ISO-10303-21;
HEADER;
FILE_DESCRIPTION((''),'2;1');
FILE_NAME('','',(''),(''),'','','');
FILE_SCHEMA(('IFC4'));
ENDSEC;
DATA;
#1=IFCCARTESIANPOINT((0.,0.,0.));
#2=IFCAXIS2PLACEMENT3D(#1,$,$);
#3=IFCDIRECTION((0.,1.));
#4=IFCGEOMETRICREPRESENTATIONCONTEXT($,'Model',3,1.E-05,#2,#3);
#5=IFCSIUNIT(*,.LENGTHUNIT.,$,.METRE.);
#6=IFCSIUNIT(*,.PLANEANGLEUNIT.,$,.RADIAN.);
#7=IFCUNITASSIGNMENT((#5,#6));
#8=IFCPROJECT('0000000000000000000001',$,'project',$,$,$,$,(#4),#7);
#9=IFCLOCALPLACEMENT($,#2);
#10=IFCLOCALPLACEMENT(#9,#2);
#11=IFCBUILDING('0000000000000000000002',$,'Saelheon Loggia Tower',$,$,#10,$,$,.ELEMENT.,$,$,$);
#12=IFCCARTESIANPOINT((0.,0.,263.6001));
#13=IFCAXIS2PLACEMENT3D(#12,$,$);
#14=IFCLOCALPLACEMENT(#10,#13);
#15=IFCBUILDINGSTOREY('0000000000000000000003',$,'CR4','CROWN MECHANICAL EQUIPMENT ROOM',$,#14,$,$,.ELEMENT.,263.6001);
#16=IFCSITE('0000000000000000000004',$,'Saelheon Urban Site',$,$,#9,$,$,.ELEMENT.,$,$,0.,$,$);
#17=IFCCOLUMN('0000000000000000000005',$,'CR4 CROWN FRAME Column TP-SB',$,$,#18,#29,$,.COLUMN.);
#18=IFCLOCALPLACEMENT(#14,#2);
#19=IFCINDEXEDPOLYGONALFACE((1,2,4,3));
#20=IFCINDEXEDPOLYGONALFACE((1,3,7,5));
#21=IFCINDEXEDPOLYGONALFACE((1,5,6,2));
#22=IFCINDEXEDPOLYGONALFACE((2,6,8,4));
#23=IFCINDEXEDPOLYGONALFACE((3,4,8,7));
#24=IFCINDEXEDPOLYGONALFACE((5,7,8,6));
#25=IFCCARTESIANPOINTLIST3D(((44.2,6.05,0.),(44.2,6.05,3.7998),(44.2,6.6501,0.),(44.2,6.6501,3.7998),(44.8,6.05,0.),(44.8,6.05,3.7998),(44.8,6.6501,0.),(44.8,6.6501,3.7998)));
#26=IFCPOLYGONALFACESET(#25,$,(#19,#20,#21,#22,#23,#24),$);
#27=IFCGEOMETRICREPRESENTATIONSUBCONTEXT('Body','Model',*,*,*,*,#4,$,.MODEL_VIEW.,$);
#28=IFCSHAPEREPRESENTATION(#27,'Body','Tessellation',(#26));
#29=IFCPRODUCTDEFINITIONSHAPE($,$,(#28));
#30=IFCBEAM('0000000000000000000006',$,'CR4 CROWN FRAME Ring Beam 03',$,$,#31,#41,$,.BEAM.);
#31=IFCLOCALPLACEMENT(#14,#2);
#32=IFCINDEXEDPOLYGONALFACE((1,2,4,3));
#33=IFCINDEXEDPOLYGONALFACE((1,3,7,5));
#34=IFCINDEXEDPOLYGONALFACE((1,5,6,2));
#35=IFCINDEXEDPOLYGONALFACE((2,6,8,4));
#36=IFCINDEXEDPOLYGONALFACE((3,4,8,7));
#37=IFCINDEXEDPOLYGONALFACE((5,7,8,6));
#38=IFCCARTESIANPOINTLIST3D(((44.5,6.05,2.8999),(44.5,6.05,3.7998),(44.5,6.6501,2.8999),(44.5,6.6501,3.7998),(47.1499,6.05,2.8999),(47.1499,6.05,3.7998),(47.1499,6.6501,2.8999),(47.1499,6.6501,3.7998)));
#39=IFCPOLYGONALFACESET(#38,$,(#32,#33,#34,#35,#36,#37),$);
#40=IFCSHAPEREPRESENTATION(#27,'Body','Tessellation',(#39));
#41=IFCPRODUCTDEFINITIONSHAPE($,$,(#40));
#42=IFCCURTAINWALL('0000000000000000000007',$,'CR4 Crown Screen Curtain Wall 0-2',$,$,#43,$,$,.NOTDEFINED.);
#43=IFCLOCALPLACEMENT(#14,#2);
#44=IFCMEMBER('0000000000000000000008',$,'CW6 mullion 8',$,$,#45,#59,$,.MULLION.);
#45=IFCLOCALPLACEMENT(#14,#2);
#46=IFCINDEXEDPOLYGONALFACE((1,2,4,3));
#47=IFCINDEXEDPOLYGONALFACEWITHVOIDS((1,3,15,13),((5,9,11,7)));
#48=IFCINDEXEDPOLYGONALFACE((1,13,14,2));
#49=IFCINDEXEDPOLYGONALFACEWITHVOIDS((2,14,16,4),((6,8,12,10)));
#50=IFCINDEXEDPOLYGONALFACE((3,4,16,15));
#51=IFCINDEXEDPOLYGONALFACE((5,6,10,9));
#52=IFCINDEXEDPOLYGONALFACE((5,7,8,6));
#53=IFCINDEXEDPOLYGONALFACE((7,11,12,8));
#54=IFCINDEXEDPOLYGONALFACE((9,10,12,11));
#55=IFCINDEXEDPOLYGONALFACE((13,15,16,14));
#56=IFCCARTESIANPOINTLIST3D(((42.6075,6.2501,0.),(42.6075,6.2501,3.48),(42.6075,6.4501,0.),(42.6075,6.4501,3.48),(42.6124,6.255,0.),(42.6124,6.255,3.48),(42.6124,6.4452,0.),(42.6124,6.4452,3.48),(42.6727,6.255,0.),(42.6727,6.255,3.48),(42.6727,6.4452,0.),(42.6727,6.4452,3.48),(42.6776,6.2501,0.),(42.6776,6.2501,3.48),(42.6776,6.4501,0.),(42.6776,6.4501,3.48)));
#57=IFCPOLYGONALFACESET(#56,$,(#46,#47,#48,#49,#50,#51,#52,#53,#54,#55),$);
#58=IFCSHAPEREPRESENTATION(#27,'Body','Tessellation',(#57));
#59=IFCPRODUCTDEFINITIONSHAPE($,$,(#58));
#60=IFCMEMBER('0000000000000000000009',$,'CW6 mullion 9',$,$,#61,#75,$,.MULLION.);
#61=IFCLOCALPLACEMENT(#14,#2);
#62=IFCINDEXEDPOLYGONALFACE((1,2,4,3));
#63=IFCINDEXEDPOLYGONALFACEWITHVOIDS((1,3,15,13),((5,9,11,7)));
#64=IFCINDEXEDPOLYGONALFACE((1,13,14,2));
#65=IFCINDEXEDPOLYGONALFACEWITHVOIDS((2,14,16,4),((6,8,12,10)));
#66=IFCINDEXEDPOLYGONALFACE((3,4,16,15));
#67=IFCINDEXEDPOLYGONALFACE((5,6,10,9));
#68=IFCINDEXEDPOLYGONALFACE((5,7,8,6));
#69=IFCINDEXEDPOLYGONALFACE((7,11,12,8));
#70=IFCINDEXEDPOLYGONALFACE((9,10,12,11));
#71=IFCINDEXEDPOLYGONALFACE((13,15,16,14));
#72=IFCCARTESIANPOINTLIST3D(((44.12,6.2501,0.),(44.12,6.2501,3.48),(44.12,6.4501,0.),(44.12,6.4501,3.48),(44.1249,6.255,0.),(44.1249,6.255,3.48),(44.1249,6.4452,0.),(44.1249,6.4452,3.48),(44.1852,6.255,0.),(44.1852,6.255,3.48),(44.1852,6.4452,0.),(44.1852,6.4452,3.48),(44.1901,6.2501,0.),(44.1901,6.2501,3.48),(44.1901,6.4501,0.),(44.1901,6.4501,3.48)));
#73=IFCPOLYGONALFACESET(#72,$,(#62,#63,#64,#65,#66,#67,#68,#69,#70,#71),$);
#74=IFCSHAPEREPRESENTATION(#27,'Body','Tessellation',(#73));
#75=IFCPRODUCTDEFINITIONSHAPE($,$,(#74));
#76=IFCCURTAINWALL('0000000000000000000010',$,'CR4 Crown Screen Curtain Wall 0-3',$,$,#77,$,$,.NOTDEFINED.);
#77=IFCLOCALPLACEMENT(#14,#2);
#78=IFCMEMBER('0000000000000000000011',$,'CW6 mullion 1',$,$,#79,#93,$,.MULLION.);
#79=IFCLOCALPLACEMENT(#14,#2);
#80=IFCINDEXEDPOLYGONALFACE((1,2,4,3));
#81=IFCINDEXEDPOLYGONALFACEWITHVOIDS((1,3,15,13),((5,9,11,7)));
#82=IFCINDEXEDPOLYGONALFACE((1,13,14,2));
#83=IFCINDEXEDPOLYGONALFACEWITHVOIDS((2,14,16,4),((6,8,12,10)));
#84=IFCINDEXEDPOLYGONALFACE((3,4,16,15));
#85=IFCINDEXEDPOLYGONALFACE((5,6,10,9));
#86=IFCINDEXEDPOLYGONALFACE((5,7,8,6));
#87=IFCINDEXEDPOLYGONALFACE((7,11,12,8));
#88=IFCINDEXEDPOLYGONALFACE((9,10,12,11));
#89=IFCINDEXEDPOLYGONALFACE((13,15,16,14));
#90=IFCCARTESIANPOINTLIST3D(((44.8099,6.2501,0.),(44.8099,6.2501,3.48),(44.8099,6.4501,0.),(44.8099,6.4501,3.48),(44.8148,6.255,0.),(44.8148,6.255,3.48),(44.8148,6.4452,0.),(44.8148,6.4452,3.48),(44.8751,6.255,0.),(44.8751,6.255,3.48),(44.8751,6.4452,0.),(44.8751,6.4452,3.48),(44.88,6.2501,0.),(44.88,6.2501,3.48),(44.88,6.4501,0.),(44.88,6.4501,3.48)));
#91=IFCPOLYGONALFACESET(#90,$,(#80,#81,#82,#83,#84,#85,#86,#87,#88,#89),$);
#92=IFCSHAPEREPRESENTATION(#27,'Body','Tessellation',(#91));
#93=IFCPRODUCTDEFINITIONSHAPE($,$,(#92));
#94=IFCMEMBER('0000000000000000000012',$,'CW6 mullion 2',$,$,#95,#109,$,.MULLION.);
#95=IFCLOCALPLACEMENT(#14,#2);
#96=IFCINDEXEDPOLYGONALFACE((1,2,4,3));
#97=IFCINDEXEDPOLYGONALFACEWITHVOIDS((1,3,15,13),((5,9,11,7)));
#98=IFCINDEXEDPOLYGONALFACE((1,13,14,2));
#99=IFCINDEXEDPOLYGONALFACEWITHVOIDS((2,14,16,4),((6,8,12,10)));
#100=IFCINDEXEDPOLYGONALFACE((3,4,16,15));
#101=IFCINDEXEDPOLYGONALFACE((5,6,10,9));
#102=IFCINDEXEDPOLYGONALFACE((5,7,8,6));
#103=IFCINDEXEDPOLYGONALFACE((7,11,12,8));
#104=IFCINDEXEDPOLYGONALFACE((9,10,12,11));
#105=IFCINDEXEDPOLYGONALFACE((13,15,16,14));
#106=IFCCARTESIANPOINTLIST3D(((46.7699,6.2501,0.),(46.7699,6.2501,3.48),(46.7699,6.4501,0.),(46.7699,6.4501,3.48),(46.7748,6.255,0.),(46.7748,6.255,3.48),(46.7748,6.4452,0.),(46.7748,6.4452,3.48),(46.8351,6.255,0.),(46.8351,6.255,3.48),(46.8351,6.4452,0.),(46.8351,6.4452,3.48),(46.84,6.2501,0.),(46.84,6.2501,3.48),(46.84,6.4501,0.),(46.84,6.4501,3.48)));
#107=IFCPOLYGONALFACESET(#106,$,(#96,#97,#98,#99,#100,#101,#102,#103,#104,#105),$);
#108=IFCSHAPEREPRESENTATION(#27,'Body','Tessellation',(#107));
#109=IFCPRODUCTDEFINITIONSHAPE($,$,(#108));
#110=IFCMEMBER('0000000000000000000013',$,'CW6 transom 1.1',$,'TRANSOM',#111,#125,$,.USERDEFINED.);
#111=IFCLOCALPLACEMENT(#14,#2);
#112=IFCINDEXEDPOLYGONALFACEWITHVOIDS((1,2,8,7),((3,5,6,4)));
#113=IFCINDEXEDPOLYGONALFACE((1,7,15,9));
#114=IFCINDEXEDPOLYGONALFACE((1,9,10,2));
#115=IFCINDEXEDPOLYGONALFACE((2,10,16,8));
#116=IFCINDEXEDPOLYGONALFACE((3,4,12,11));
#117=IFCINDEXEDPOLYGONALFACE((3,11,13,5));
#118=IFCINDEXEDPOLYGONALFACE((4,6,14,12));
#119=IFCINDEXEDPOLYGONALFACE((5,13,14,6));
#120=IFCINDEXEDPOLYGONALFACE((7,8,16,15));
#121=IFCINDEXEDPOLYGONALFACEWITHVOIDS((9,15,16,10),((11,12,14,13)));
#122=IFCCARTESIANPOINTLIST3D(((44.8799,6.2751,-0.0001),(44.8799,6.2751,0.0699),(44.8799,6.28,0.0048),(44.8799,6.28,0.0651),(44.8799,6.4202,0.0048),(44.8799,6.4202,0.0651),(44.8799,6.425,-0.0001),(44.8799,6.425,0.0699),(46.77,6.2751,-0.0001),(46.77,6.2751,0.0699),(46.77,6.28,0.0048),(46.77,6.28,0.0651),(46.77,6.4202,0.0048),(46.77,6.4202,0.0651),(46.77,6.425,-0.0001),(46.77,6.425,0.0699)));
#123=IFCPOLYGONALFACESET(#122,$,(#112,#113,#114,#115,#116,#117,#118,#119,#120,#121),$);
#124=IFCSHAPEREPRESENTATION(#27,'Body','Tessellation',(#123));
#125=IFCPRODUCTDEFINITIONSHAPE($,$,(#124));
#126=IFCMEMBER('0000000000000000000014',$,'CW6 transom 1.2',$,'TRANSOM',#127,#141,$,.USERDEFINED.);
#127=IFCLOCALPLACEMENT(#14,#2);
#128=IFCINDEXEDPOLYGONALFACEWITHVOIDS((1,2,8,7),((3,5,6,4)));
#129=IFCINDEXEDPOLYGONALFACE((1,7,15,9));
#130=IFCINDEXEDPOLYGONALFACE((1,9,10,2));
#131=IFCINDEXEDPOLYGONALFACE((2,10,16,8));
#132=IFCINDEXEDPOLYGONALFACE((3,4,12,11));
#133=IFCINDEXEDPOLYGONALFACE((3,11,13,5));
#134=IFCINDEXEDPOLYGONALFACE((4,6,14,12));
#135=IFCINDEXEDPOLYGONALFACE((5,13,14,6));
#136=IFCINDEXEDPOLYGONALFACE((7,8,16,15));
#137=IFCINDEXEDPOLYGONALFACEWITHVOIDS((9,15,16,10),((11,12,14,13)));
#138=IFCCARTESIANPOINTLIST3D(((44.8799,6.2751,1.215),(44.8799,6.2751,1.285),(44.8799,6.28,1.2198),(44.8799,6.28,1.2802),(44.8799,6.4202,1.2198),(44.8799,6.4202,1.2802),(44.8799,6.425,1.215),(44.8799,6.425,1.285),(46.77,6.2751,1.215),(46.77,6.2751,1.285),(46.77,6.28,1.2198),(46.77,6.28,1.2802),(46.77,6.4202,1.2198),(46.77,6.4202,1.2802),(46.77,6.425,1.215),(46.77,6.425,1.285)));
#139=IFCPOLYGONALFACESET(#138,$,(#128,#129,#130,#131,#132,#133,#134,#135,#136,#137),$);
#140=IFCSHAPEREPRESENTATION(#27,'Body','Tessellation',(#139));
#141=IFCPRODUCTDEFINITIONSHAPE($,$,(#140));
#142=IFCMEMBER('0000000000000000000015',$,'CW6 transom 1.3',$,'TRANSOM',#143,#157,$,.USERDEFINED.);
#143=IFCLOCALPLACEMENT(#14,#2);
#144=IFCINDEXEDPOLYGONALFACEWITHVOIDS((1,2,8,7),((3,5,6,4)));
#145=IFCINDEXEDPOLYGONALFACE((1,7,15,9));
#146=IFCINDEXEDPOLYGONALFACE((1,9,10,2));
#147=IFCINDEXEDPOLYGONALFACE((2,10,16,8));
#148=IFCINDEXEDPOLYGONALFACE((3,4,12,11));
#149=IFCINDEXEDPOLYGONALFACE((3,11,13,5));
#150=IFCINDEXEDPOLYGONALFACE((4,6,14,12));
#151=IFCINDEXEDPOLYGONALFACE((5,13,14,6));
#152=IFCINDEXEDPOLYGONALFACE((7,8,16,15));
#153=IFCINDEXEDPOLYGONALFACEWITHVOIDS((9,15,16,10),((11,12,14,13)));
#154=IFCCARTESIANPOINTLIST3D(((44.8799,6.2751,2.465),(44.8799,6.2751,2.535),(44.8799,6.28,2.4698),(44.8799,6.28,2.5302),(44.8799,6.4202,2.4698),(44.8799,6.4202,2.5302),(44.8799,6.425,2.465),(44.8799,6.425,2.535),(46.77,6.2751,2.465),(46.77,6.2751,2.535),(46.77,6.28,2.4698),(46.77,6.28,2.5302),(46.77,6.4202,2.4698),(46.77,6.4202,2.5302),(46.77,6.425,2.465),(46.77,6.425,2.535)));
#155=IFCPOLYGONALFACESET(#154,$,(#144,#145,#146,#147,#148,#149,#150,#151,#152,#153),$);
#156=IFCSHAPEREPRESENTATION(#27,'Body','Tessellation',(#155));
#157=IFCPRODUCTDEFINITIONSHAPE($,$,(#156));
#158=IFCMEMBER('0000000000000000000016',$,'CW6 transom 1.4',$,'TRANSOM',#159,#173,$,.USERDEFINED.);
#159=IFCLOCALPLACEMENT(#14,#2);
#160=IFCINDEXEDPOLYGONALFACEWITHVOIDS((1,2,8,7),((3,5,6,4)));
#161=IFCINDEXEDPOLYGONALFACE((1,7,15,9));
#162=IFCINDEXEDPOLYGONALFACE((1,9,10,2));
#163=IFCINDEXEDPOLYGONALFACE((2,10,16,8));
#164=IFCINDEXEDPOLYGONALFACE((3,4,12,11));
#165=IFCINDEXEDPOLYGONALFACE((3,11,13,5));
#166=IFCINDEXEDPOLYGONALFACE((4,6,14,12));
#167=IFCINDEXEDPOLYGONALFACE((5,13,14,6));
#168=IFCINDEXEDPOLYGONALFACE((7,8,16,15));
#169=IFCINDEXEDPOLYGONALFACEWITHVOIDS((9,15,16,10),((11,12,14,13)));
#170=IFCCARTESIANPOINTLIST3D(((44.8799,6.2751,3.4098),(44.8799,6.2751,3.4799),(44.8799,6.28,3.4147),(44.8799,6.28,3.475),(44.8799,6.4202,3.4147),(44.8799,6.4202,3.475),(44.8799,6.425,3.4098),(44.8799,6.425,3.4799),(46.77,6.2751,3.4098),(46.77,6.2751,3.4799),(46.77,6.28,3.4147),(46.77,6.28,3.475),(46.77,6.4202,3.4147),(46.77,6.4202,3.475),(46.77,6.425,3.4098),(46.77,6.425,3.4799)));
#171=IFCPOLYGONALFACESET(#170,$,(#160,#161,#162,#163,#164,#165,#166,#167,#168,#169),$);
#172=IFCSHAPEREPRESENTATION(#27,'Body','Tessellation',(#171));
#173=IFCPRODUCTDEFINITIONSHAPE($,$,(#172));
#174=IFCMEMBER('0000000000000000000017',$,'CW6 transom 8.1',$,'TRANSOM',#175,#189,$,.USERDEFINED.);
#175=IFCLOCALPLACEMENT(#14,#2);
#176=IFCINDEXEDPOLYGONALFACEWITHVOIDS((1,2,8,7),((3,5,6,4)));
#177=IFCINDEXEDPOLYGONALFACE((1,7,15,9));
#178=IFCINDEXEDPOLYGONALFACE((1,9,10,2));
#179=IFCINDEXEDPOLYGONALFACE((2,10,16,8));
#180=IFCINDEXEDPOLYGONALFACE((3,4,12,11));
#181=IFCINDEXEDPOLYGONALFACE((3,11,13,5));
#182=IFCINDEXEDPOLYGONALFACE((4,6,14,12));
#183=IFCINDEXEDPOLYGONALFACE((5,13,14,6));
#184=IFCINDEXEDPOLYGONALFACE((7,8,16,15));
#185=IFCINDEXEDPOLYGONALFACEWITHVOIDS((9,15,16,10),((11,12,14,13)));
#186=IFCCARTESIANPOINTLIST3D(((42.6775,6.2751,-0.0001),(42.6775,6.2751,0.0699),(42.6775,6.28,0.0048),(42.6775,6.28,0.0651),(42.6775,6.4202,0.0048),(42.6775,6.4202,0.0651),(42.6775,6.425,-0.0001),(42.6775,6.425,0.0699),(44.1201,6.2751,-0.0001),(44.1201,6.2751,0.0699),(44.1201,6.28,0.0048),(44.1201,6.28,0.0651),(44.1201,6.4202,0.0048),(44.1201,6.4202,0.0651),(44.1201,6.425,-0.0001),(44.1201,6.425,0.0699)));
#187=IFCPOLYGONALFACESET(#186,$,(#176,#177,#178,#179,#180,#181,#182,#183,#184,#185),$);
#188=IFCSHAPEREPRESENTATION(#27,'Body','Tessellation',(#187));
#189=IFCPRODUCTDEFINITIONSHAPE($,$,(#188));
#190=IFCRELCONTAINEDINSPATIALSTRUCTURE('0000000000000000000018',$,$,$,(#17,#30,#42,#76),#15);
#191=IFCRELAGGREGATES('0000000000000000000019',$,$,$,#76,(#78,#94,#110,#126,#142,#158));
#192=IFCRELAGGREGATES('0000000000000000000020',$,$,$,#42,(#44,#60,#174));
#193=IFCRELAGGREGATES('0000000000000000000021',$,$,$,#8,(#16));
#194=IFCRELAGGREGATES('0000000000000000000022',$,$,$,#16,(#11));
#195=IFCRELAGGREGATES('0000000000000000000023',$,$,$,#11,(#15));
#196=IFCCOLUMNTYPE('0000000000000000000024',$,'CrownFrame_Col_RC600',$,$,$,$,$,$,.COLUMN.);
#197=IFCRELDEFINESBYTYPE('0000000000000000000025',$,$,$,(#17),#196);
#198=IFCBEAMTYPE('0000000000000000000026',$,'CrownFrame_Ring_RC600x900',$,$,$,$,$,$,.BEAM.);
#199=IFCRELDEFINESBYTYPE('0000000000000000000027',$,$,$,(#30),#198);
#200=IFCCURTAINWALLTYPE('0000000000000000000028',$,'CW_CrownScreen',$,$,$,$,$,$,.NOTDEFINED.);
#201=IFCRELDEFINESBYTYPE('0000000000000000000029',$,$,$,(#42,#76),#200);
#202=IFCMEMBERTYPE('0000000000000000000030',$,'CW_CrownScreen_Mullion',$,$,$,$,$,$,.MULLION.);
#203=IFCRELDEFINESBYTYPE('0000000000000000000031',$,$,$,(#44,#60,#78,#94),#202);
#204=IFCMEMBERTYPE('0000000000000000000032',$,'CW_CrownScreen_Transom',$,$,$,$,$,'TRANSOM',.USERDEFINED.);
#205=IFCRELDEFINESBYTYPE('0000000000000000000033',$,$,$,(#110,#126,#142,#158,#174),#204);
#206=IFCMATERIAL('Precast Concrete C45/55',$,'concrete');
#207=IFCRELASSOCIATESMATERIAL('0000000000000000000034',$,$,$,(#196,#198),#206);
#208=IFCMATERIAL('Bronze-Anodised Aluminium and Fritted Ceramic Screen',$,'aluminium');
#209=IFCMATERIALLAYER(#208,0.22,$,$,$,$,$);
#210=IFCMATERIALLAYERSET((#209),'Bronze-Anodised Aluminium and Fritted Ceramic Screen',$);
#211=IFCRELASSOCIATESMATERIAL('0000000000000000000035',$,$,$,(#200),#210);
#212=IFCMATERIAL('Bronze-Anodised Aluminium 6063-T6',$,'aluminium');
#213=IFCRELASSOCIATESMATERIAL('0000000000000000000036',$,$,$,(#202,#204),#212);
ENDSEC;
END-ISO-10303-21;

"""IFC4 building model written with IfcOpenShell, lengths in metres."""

from ifc_helpers import new_model, si_unit, direction, frame, origin, origin_2d, place, context, subcontext, project, spatial, rectangle, hollow_rectangle, extrude, source, transform, mapped, material, layer, layer_set, material_profile, profile_set, type_object, element, aggregate, save


model = new_model("IFC4")

# Units and contexts
model_context = context("Model", 3, precision=1e-05, world=origin(), true_north=direction((0.0, 1.0)))
body_context = subcontext(model_context, "Body", "Model", "MODEL_VIEW")
ifc_project = project(units=[si_unit("LENGTHUNIT", "METRE"), si_unit("PLANEANGLEUNIT", "RADIAN")], contexts=[model_context])

# Site, building, storey
site_placement = place(None, origin())
site = spatial("IfcSite", under=ifc_project, at=site_placement, Name="Saelheon Urban Site", CompositionType="ELEMENT", RefElevation=0.0)
building_placement = place(site_placement, origin())
building = spatial("IfcBuilding", under=site, at=building_placement, Name="Saelheon Loggia Tower", CompositionType="ELEMENT")
storey_placement = place(building_placement, frame((0.0, 0.0, 263.6001)))
storey = spatial("IfcBuildingStorey", under=building, at=storey_placement, Name="CR4", Description="CROWN MECHANICAL EQUIPMENT ROOM", CompositionType="ELEMENT", Elevation=263.6001)

# Column
ifc_material_1 = material(Name="Precast Concrete C45/55", Category="concrete")
ifc_material_profile_1 = material_profile(ifc_material_1, rectangle(XDim=0.6001, YDim=0.6001, at=origin_2d()), Name="RC-600x600")
ifc_profile_set_1 = profile_set([ifc_material_profile_1], Name="Precast Concrete C45/55")
column_type = type_object("IfcColumnType", Name="CrownFrame_Col_RC600", PredefinedType="COLUMN", material=ifc_profile_set_1)
shared_shape_1 = source(origin(), body_context, "Body", "SweptSolid", [
    extrude(rectangle(XDim=0.6001, YDim=0.6001, at=origin_2d()), origin(), (0.0, 0.0, 1.0), 3.7998),
])
column_placement = place(storey_placement, frame((44.5, 6.3501, 0.0), z_axis=(0.0, 0.0, 1.0), x_axis=(1.0, 0.0, 0.0)))
element("IfcColumn", 1, at=column_placement, inside=storey, type_object=column_type, Name="CR4 CROWN FRAME Column TP-SB", PredefinedType="COLUMN", context=body_context, shape_type="MappedRepresentation", body=[
    mapped(shared_shape_1, transform((0.0, 0.0, 0.0), scale=1.0)),
])

# Beam
ifc_material_profile_2 = material_profile(ifc_material_1, rectangle(XDim=0.6001, YDim=0.8999, at=origin_2d()), Name="RC-600x900")
ifc_profile_set_2 = profile_set([ifc_material_profile_2], Name="Precast Concrete C45/55")
beam_type = type_object("IfcBeamType", Name="CrownFrame_Ring_RC600x900", PredefinedType="BEAM", material=ifc_profile_set_2)
shared_shape_2 = source(origin(), body_context, "Body", "SweptSolid", [
    extrude(rectangle(XDim=0.6001, YDim=0.8999, at=origin_2d()), origin(), (0.0, 0.0, 1.0), 2.6499),
])
beam_placement = place(storey_placement, frame((44.5, 6.3501, 3.3499), z_axis=(1.0, 0.0, 0.0), x_axis=(0.0, 1.0, 0.0)))
element("IfcBeam", 2, at=beam_placement, inside=storey, type_object=beam_type, Name="CR4 CROWN FRAME Ring Beam 03", PredefinedType="BEAM", context=body_context, shape_type="MappedRepresentation", body=[
    mapped(shared_shape_2, transform((0.0, 0.0, 0.0), scale=1.0)),
])

# Curtain walls, members
ifc_material_2 = material(Name="Bronze-Anodised Aluminium and Fritted Ceramic Screen", Category="aluminium")
ifc_layer_1 = layer(ifc_material_2, 0.22)
ifc_layer_set_1 = layer_set([ifc_layer_1], Name="Bronze-Anodised Aluminium and Fritted Ceramic Screen")
curtain_wall_type = type_object("IfcCurtainWallType", Name="CW_CrownScreen", PredefinedType="NOTDEFINED", material=ifc_layer_set_1)
curtain_wall_1_placement = place(storey_placement, origin())
curtain_wall_1 = element("IfcCurtainWall", 3, at=curtain_wall_1_placement, inside=storey, type_object=curtain_wall_type, Name="CR4 Crown Screen Curtain Wall 0-2", PredefinedType="NOTDEFINED")
ifc_material_3 = material(Name="Bronze-Anodised Aluminium 6063-T6", Category="aluminium")
ifc_material_profile_3 = material_profile(ifc_material_3, hollow_rectangle(XDim=0.0701, YDim=0.2, WallThickness=0.0049, at=origin_2d()), Name="RHS-200x70x5")
ifc_profile_set_3 = profile_set([ifc_material_profile_3], Name="Bronze-Anodised Aluminium 6063-T6")
member_type_1 = type_object("IfcMemberType", Name="CW_CrownScreen_Mullion", PredefinedType="MULLION", material=ifc_profile_set_3)
shared_shape_3 = source(origin(), body_context, "Body", "SweptSolid", [
    extrude(hollow_rectangle(XDim=0.0701, YDim=0.2, WallThickness=0.0049, at=origin_2d()), origin(), (0.0, 0.0, 1.0), 3.48),
])
member_1_placement = place(storey_placement, frame((42.6426, 6.3501, 0.0), z_axis=(0.0, 0.0, 1.0), x_axis=(1.0, 0.0, 0.0)))
member_1 = element("IfcMember", 4, at=member_1_placement, type_object=member_type_1, Name="CW6 mullion 8", PredefinedType="MULLION", context=body_context, shape_type="MappedRepresentation", body=[
    mapped(shared_shape_3, transform((0.0, 0.0, 0.0), scale=1.0)),
])
member_2_placement = place(storey_placement, frame((44.155, 6.3501, 0.0), z_axis=(0.0, 0.0, 1.0), x_axis=(1.0, 0.0, 0.0)))
member_2 = element("IfcMember", 5, at=member_2_placement, type_object=member_type_1, Name="CW6 mullion 9", PredefinedType="MULLION", context=body_context, shape_type="MappedRepresentation", body=[
    mapped(shared_shape_3, transform((0.0, 0.0, 0.0), scale=1.0)),
])
curtain_wall_2_placement = place(storey_placement, origin())
curtain_wall_2 = element("IfcCurtainWall", 6, at=curtain_wall_2_placement, inside=storey, type_object=curtain_wall_type, Name="CR4 Crown Screen Curtain Wall 0-3", PredefinedType="NOTDEFINED")
member_3_placement = place(storey_placement, frame((44.845, 6.3501, 0.0), z_axis=(0.0, 0.0, 1.0), x_axis=(1.0, 0.0, 0.0)))
member_3 = element("IfcMember", 7, at=member_3_placement, type_object=member_type_1, Name="CW6 mullion 1", PredefinedType="MULLION", context=body_context, shape_type="MappedRepresentation", body=[
    mapped(shared_shape_3, transform((0.0, 0.0, 0.0), scale=1.0)),
])
member_4_placement = place(storey_placement, frame((46.8049, 6.3501, 0.0), z_axis=(0.0, 0.0, 1.0), x_axis=(1.0, 0.0, 0.0)))
member_4 = element("IfcMember", 8, at=member_4_placement, type_object=member_type_1, Name="CW6 mullion 2", PredefinedType="MULLION", context=body_context, shape_type="MappedRepresentation", body=[
    mapped(shared_shape_3, transform((0.0, 0.0, 0.0), scale=1.0)),
])
ifc_material_profile_4 = material_profile(ifc_material_3, hollow_rectangle(XDim=0.0701, YDim=0.1499, WallThickness=0.0049, at=origin_2d()), Name="RHS-150x70x5")
ifc_profile_set_4 = profile_set([ifc_material_profile_4], Name="Bronze-Anodised Aluminium 6063-T6")
member_type_2 = type_object("IfcMemberType", Name="CW_CrownScreen_Transom", ElementType="TRANSOM", PredefinedType="USERDEFINED", material=ifc_profile_set_4)
shared_shape_4 = source(origin(), body_context, "Body", "SweptSolid", [
    extrude(hollow_rectangle(XDim=0.0701, YDim=0.1499, WallThickness=0.0049, at=origin_2d()), origin(), (0.0, 0.0, 1.0), 1.8901),
])
member_5_placement = place(storey_placement, frame((44.8799, 6.3501, 0.0349), z_axis=(1.0, 0.0, 0.0), x_axis=(0.0, 0.0, 1.0)))
member_5 = element("IfcMember", 9, at=member_5_placement, type_object=member_type_2, Name="CW6 transom 1.1", ObjectType="TRANSOM", PredefinedType="USERDEFINED", context=body_context, shape_type="MappedRepresentation", body=[
    mapped(shared_shape_4, transform((0.0, 0.0, 0.0), scale=1.0)),
])
member_6_placement = place(storey_placement, frame((44.8799, 6.3501, 1.25), z_axis=(1.0, 0.0, 0.0), x_axis=(0.0, 0.0, 1.0)))
member_6 = element("IfcMember", 10, at=member_6_placement, type_object=member_type_2, Name="CW6 transom 1.2", ObjectType="TRANSOM", PredefinedType="USERDEFINED", context=body_context, shape_type="MappedRepresentation", body=[
    mapped(shared_shape_4, transform((0.0, 0.0, 0.0), scale=1.0)),
])
member_7_placement = place(storey_placement, frame((44.8799, 6.3501, 2.5), z_axis=(1.0, 0.0, 0.0), x_axis=(0.0, 0.0, 1.0)))
member_7 = element("IfcMember", 11, at=member_7_placement, type_object=member_type_2, Name="CW6 transom 1.3", ObjectType="TRANSOM", PredefinedType="USERDEFINED", context=body_context, shape_type="MappedRepresentation", body=[
    mapped(shared_shape_4, transform((0.0, 0.0, 0.0), scale=1.0)),
])
member_8_placement = place(storey_placement, frame((44.8799, 6.3501, 3.4448), z_axis=(1.0, 0.0, 0.0), x_axis=(0.0, 0.0, 1.0)))
member_8 = element("IfcMember", 12, at=member_8_placement, type_object=member_type_2, Name="CW6 transom 1.4", ObjectType="TRANSOM", PredefinedType="USERDEFINED", context=body_context, shape_type="MappedRepresentation", body=[
    mapped(shared_shape_4, transform((0.0, 0.0, 0.0), scale=1.0)),
])

# Member
shared_shape_5 = source(origin(), body_context, "Body", "SweptSolid", [
    extrude(hollow_rectangle(XDim=0.0701, YDim=0.1499, WallThickness=0.0049, at=origin_2d()), origin(), (0.0, 0.0, 1.0), 1.4426),
])
member_9_placement = place(storey_placement, frame((42.6775, 6.3501, 0.0349), z_axis=(1.0, 0.0, 0.0), x_axis=(0.0, 0.0, 1.0)))
member_9 = element("IfcMember", 13, at=member_9_placement, type_object=member_type_2, Name="CW6 transom 8.1", ObjectType="TRANSOM", PredefinedType="USERDEFINED", context=body_context, shape_type="MappedRepresentation", body=[
    mapped(shared_shape_5, transform((0.0, 0.0, 0.0), scale=1.0)),
])

aggregate(curtain_wall_2, [member_3, member_4, member_5, member_6, member_7, member_8])
aggregate(curtain_wall_1, [member_1, member_2, member_9])

save(model, "model.ifc")
